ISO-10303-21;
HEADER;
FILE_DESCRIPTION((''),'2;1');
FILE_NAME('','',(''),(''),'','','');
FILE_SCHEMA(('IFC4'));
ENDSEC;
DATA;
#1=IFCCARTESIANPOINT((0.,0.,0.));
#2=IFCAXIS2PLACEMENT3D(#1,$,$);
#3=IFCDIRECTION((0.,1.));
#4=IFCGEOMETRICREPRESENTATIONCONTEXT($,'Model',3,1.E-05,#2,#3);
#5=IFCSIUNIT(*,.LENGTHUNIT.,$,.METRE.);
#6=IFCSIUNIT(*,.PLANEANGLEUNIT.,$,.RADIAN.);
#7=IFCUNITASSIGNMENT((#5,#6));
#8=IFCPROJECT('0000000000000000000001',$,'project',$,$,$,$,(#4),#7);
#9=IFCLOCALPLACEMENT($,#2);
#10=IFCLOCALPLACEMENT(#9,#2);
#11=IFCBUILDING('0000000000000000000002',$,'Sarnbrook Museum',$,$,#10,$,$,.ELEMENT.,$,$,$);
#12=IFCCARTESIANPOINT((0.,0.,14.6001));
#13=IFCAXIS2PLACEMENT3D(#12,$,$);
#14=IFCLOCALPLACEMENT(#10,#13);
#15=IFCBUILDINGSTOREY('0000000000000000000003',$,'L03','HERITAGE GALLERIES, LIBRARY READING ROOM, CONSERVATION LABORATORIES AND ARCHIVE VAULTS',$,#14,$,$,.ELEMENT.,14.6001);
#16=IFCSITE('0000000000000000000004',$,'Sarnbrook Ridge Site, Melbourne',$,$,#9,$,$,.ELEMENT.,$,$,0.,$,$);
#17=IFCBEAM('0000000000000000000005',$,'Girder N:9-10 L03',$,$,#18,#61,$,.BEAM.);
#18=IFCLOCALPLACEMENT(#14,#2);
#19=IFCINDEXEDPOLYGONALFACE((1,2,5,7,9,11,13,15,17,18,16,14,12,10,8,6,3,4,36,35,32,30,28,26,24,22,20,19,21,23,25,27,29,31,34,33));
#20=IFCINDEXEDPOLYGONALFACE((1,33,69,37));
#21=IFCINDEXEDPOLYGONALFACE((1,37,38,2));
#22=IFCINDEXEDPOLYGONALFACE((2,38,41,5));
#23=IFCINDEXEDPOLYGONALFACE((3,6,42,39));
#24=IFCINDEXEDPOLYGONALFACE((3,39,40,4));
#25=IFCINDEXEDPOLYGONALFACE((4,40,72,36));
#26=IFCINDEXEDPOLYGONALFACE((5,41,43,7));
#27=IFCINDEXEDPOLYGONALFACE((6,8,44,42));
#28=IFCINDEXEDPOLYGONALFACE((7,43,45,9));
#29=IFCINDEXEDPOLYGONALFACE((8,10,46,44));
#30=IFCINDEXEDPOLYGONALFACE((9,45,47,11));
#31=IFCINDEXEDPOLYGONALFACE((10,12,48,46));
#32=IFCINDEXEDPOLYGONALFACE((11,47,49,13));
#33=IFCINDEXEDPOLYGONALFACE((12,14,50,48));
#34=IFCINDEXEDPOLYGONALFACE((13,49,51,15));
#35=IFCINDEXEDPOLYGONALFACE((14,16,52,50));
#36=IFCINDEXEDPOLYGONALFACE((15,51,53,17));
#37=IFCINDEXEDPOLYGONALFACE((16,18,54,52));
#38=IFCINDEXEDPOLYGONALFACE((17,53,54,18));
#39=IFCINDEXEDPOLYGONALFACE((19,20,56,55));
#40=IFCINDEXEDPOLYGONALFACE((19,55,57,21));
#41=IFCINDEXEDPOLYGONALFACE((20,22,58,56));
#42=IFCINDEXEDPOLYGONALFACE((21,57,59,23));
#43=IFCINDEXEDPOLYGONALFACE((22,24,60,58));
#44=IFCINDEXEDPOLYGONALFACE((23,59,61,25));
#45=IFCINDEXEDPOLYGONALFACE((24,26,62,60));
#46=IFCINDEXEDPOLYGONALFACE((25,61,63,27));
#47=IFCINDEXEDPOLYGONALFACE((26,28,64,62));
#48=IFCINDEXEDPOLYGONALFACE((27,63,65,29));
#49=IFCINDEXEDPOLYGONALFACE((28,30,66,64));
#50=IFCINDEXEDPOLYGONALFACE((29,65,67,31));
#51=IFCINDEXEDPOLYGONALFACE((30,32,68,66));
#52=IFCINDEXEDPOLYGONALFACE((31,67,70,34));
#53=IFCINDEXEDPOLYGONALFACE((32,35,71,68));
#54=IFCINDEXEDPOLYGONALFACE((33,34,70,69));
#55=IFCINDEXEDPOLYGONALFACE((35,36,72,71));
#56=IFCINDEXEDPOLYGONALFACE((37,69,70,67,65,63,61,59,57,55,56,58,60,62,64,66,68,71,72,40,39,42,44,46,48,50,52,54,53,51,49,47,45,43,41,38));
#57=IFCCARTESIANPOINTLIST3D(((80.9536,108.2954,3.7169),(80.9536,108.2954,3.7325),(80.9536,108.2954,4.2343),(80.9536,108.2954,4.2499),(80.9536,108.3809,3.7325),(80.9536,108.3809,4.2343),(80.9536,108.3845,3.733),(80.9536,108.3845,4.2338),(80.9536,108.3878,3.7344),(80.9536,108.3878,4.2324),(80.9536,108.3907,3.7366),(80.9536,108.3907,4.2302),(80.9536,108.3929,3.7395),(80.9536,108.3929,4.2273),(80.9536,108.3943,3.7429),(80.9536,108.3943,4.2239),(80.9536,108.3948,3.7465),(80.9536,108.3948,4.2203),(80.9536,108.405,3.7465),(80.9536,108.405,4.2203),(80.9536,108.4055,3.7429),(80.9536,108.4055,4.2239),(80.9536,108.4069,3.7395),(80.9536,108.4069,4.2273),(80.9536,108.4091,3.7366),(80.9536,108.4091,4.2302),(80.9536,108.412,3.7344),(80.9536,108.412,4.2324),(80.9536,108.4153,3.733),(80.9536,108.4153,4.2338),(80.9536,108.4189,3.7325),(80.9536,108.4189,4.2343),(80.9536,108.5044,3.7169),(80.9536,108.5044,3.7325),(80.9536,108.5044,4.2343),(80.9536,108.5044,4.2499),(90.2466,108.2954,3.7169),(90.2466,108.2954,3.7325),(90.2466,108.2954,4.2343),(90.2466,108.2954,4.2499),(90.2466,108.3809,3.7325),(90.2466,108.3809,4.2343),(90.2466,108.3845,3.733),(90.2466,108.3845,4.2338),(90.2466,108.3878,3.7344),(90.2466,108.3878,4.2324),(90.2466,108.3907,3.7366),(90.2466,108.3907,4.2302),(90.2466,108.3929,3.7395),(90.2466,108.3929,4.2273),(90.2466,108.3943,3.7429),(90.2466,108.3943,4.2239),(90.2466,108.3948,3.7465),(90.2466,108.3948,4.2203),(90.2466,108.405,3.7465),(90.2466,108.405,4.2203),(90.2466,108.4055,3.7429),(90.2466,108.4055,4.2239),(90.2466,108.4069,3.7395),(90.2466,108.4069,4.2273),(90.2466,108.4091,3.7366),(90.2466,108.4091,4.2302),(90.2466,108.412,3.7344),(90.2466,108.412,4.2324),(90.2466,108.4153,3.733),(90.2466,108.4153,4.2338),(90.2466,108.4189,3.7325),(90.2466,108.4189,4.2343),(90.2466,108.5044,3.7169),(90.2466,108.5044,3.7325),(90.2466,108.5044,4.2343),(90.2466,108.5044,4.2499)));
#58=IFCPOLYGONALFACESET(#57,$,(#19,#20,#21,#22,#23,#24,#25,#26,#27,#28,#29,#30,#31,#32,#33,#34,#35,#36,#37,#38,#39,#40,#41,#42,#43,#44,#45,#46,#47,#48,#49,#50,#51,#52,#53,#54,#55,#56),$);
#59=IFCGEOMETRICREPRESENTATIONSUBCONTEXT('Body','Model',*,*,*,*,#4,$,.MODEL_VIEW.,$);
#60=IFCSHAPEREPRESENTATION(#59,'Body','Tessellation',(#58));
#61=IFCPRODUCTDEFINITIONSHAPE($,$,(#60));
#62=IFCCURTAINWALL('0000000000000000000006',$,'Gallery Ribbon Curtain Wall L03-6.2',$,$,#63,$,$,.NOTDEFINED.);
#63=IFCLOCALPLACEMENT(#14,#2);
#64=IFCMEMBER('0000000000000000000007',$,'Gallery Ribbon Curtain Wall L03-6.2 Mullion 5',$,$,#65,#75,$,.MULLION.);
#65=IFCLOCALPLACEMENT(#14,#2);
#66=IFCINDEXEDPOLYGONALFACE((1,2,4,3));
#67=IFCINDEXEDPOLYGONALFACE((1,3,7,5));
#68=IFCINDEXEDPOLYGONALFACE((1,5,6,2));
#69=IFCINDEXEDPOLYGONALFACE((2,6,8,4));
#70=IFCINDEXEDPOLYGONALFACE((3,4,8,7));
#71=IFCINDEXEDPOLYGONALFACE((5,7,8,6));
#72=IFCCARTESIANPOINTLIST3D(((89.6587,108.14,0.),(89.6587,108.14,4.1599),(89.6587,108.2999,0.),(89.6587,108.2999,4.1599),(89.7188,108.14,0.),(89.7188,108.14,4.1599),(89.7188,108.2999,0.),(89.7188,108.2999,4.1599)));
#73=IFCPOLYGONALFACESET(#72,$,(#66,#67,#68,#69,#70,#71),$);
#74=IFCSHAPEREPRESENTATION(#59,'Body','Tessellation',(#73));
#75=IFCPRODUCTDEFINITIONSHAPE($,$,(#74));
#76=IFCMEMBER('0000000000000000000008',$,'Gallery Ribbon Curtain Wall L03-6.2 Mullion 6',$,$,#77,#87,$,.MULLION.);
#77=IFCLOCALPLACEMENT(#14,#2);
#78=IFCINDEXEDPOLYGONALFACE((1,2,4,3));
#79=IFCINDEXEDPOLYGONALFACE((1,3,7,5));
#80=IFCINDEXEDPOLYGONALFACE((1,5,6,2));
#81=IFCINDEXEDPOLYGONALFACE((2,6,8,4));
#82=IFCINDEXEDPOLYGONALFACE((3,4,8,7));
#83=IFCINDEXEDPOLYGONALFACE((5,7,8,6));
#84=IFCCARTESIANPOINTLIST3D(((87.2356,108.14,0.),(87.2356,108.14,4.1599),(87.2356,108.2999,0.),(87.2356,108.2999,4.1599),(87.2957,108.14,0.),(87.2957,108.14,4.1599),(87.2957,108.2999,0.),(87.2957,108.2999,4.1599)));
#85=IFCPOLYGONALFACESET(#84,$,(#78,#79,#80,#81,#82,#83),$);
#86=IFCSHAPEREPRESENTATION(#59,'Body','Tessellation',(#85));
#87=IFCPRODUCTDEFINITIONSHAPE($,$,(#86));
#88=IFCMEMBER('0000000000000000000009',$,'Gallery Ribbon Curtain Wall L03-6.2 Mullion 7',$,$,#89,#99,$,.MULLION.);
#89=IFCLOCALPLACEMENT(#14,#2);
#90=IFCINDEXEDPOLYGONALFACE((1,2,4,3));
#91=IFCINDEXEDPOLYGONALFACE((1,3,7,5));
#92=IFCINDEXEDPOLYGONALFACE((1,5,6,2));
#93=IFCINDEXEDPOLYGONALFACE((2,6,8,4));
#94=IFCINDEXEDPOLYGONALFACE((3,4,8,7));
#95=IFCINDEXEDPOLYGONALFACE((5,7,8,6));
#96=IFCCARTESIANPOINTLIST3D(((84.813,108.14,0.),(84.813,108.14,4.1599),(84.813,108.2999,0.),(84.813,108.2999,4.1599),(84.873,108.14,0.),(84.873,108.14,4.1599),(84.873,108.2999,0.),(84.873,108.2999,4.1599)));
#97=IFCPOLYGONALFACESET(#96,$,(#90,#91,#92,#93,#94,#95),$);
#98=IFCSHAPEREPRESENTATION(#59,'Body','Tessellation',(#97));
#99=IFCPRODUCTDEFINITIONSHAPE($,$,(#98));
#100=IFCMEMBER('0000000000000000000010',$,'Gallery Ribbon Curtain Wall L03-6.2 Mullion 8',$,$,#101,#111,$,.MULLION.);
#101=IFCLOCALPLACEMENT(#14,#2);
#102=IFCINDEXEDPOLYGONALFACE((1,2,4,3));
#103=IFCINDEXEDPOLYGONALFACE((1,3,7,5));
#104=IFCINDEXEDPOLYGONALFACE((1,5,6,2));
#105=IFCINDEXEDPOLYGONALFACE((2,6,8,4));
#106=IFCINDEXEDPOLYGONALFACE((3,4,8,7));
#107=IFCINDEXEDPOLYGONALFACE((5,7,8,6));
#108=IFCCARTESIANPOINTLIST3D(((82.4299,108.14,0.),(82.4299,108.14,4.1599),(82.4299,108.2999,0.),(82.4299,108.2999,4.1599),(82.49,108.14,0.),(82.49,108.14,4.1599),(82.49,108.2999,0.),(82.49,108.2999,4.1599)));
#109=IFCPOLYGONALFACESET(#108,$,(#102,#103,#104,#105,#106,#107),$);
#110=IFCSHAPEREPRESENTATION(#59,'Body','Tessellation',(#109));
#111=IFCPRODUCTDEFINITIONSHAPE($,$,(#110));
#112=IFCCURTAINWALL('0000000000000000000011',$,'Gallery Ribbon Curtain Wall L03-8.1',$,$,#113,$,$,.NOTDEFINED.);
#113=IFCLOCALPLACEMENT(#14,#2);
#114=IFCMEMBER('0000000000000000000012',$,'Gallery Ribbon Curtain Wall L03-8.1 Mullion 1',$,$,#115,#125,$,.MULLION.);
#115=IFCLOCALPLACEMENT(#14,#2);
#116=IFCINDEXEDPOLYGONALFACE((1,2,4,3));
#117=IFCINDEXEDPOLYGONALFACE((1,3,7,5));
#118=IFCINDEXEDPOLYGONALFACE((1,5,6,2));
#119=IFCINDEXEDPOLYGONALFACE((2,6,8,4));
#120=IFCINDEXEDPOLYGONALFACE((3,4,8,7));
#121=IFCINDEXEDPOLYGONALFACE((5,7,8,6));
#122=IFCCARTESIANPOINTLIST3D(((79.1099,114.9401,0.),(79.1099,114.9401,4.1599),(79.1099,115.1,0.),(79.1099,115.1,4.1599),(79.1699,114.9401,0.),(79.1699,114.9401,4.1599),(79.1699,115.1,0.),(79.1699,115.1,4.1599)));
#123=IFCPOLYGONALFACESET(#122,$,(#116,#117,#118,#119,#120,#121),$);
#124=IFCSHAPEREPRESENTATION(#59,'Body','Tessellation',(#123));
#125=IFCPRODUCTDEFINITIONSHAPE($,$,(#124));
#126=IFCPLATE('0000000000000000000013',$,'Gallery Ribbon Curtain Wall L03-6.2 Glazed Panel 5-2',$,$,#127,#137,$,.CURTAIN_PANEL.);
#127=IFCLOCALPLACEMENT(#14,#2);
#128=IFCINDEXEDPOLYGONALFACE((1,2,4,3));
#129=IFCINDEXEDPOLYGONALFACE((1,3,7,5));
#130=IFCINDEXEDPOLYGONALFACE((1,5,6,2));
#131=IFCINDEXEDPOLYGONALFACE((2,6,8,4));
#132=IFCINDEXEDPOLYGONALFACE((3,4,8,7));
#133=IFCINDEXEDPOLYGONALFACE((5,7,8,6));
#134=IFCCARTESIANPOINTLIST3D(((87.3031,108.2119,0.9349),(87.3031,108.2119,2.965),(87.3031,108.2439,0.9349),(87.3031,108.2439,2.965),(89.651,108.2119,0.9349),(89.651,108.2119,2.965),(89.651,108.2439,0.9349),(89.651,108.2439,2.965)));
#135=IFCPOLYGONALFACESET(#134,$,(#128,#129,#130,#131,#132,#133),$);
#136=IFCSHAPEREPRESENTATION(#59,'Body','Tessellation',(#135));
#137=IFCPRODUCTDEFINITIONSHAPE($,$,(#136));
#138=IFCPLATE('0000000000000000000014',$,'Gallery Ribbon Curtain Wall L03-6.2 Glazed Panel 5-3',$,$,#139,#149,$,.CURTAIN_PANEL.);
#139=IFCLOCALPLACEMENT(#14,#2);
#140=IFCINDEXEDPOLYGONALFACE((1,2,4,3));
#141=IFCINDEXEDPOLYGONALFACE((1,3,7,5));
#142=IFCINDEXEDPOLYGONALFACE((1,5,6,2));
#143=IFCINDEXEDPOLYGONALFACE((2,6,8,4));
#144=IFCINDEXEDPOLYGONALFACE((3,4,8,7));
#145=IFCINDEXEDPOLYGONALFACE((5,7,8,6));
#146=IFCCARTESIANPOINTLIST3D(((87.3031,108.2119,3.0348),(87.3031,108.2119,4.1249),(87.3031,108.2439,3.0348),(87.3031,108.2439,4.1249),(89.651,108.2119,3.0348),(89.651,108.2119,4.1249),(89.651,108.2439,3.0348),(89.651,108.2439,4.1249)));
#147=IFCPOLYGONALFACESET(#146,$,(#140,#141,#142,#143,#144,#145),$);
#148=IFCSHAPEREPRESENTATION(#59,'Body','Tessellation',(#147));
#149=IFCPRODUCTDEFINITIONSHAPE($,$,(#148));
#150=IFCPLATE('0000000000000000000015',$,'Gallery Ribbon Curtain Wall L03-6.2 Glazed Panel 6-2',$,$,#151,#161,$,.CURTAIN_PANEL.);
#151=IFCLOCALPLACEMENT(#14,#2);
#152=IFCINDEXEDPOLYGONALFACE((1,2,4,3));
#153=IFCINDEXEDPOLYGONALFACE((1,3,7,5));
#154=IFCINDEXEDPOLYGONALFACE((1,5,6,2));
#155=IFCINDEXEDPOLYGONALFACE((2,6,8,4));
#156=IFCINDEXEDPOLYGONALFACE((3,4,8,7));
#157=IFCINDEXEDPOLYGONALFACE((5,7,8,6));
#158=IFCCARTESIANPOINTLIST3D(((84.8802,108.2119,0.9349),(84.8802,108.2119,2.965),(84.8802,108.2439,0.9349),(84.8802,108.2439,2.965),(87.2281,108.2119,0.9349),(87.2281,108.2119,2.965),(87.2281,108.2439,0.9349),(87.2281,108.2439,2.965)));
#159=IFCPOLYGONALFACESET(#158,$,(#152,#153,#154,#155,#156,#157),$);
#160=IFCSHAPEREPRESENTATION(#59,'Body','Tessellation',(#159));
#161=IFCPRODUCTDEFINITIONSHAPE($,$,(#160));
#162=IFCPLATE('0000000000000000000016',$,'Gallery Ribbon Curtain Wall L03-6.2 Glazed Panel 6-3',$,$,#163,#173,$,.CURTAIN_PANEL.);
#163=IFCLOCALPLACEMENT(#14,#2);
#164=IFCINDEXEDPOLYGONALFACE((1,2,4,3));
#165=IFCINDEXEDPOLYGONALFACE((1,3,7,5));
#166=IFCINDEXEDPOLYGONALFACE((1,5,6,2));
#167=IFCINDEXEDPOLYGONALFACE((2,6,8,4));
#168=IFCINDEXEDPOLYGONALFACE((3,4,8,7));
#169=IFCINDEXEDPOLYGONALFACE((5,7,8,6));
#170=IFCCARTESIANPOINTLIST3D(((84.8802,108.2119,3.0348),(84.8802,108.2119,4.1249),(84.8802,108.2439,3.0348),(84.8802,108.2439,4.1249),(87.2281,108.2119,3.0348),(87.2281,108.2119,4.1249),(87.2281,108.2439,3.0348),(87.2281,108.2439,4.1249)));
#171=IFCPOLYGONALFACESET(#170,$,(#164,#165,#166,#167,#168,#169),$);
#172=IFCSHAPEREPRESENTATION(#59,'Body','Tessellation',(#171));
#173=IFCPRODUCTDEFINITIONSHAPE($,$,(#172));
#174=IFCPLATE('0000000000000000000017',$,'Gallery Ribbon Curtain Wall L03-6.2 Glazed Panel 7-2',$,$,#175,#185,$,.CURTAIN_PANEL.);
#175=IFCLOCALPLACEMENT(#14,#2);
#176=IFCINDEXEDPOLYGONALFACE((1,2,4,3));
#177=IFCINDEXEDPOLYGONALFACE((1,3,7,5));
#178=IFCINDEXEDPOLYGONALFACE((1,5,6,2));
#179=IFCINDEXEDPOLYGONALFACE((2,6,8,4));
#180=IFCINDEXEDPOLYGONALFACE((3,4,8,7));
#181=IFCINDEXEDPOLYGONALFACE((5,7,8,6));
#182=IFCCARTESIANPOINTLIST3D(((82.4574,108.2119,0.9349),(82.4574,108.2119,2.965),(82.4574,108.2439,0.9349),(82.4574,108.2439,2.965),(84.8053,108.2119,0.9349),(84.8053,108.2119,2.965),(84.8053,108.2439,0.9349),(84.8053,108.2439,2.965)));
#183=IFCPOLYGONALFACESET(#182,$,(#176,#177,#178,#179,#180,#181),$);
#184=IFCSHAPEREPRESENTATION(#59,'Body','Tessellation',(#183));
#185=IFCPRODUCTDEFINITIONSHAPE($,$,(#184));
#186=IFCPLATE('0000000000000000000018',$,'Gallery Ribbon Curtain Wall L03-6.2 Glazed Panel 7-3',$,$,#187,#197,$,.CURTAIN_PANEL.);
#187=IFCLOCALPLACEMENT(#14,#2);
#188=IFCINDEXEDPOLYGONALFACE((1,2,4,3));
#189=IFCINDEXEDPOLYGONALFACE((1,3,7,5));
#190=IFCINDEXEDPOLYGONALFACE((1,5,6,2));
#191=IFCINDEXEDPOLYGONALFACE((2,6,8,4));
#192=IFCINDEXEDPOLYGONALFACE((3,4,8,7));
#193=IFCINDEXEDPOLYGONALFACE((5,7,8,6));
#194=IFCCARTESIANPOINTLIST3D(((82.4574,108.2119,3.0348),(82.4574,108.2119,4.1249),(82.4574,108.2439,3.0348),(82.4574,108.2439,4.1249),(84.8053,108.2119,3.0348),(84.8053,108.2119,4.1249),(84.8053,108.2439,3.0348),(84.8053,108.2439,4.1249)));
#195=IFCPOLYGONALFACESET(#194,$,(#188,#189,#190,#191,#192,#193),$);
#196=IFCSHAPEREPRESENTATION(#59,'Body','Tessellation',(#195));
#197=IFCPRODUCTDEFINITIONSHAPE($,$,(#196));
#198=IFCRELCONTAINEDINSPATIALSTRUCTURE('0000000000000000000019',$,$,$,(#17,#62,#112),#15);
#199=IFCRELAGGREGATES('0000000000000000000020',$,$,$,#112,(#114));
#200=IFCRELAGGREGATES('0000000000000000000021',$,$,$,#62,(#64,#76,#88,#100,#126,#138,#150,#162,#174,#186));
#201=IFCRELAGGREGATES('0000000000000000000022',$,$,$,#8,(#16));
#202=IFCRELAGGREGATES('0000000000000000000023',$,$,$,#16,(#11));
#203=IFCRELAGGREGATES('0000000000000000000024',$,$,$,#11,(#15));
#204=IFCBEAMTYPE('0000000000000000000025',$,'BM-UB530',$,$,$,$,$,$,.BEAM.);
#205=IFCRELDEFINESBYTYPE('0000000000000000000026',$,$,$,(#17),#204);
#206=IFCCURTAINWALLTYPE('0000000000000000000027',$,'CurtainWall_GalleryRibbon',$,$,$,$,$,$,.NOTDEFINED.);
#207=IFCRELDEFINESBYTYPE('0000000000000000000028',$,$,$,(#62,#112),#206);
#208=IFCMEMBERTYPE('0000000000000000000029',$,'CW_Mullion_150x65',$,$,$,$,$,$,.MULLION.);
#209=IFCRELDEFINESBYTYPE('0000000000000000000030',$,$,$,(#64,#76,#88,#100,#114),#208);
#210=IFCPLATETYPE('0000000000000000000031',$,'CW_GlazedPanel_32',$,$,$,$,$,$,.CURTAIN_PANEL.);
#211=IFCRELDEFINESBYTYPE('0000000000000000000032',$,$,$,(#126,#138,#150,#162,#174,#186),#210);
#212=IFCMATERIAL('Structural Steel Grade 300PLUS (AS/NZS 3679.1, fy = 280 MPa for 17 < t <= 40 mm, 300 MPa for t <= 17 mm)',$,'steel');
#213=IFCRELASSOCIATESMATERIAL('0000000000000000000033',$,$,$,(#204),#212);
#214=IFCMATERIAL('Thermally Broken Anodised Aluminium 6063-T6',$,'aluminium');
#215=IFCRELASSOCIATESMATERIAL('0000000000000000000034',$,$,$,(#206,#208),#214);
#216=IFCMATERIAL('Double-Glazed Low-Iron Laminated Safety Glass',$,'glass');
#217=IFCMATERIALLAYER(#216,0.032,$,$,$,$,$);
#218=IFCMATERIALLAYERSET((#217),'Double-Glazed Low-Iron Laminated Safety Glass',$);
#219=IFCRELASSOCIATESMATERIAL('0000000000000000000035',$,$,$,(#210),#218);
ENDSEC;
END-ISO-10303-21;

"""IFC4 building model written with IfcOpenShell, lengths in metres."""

from ifc_helpers import new_model, si_unit, direction, frame, origin, origin_2d, place, context, subcontext, project, spatial, rectangle, i_section, extrude, material, layer, layer_set, material_profile, profile_set, type_object, element, aggregate, save


model = new_model("IFC4")

# Units and contexts
model_context = context("Model", 3, precision=1e-05, world=origin(), true_north=direction((0.0, 1.0)))
body_context = subcontext(model_context, "Body", "Model", "MODEL_VIEW")
ifc_project = project(units=[si_unit("LENGTHUNIT", "METRE"), si_unit("PLANEANGLEUNIT", "RADIAN")], contexts=[model_context])

# Site, building, storey
site_placement = place(None, origin())
site = spatial("IfcSite", under=ifc_project, at=site_placement, Name="Sarnbrook Ridge Site, Melbourne", CompositionType="ELEMENT", RefElevation=0.0)
building_placement = place(site_placement, origin())
building = spatial("IfcBuilding", under=site, at=building_placement, Name="Sarnbrook Museum", CompositionType="ELEMENT")
storey_placement = place(building_placement, frame((0.0, 0.0, 14.6001)))
storey = spatial("IfcBuildingStorey", under=building, at=storey_placement, Name="L03", Description="HERITAGE GALLERIES, LIBRARY READING ROOM, CONSERVATION LABORATORIES AND ARCHIVE VAULTS", CompositionType="ELEMENT", Elevation=14.6001)

# Shared definitions
ifc_material_1 = material(Name="Structural Steel Grade 300PLUS (AS/NZS 3679.1, fy = 280 MPa for 17 < t <= 40 mm, 300 MPa for t <= 17 mm)", Category="steel")

# Beam
ifc_material_profile_1 = material_profile(ifc_material_1, i_section(OverallWidth=0.209, OverallDepth=0.533, WebThickness=0.0103, FlangeThickness=0.0156, FilletRadius=0.0139, at=origin_2d()), Name="530UB92.4")
ifc_profile_set_1 = profile_set([ifc_material_profile_1], Name="Structural Steel Grade 300PLUS (AS/NZS 3679.1, fy = 280 MPa for 17 < t <= 40 mm, 300 MPa for t <= 17 mm)")
beam_type_1 = type_object("IfcBeamType", Name="BM-UB530", PredefinedType="BEAM", material=ifc_profile_set_1)
beam_1_placement = place(storey_placement, frame((80.9536, 108.3999, 3.9834), z_axis=(1.0, 0.0, 0.0), x_axis=(0.0, 1.0, 0.0)))
element("IfcBeam", 1, at=beam_1_placement, inside=storey, type_object=beam_type_1, Name="Girder N:9-10 L03", PredefinedType="BEAM", context=body_context, shape_type="SweptSolid", body=[
    extrude(i_section(OverallWidth=0.209, OverallDepth=0.533, WebThickness=0.0103, FlangeThickness=0.0156, FilletRadius=0.0139, at=origin_2d()), origin(), (0.0, 0.0, 1.0), 9.293),
])

# Curtain wall, members
ifc_material_2 = material(Name="Thermally Broken Anodised Aluminium 6063-T6", Category="aluminium")
curtain_wall_type = type_object("IfcCurtainWallType", Name="CurtainWall_GalleryRibbon", PredefinedType="NOTDEFINED", material=ifc_material_2)
curtain_wall_1_placement = place(storey_placement, origin())
curtain_wall_1 = element("IfcCurtainWall", 2, at=curtain_wall_1_placement, inside=storey, type_object=curtain_wall_type, Name="Gallery Ribbon Curtain Wall L03-6.2", PredefinedType="NOTDEFINED")
ifc_material_profile_2 = material_profile(ifc_material_2, rectangle(XDim=0.0601, YDim=0.1599, at=origin_2d()), Name="ALU MULLION 60x160")
ifc_profile_set_2 = profile_set([ifc_material_profile_2], Name="Thermally Broken Anodised Aluminium 6063-T6")
member_type = type_object("IfcMemberType", Name="CW_Mullion_150x65", PredefinedType="MULLION", material=ifc_profile_set_2)
member_1_placement = place(storey_placement, frame((89.6887, 108.22, 0.0), z_axis=(0.0, 0.0, 1.0), x_axis=(1.0, 0.0, 0.0)))
member_1 = element("IfcMember", 3, at=member_1_placement, type_object=member_type, Name="Gallery Ribbon Curtain Wall L03-6.2 Mullion 5", PredefinedType="MULLION", context=body_context, shape_type="SweptSolid", body=[
    extrude(rectangle(XDim=0.0601, YDim=0.1599, at=origin_2d()), origin(), (0.0, 0.0, 1.0), 4.1599),
])
member_2_placement = place(storey_placement, frame((87.2656, 108.22, 0.0), z_axis=(0.0, 0.0, 1.0), x_axis=(1.0, 0.0, 0.0)))
member_2 = element("IfcMember", 4, at=member_2_placement, type_object=member_type, Name="Gallery Ribbon Curtain Wall L03-6.2 Mullion 6", PredefinedType="MULLION", context=body_context, shape_type="SweptSolid", body=[
    extrude(rectangle(XDim=0.0601, YDim=0.1599, at=origin_2d()), origin(), (0.0, 0.0, 1.0), 4.1599),
])
member_3_placement = place(storey_placement, frame((84.843, 108.22, 0.0), z_axis=(0.0, 0.0, 1.0), x_axis=(1.0, 0.0, 0.0)))
member_3 = element("IfcMember", 5, at=member_3_placement, type_object=member_type, Name="Gallery Ribbon Curtain Wall L03-6.2 Mullion 7", PredefinedType="MULLION", context=body_context, shape_type="SweptSolid", body=[
    extrude(rectangle(XDim=0.0601, YDim=0.1599, at=origin_2d()), origin(), (0.0, 0.0, 1.0), 4.1599),
])
member_4_placement = place(storey_placement, frame((82.46, 108.22, 0.0), z_axis=(0.0, 0.0, 1.0), x_axis=(1.0, 0.0, 0.0)))
member_4 = element("IfcMember", 6, at=member_4_placement, type_object=member_type, Name="Gallery Ribbon Curtain Wall L03-6.2 Mullion 8", PredefinedType="MULLION", context=body_context, shape_type="SweptSolid", body=[
    extrude(rectangle(XDim=0.0601, YDim=0.1599, at=origin_2d()), origin(), (0.0, 0.0, 1.0), 4.1599),
])

# Curtain wall, member
curtain_wall_2_placement = place(storey_placement, origin())
curtain_wall_2 = element("IfcCurtainWall", 7, at=curtain_wall_2_placement, inside=storey, type_object=curtain_wall_type, Name="Gallery Ribbon Curtain Wall L03-8.1", PredefinedType="NOTDEFINED")
member_5_placement = place(storey_placement, frame((79.1399, 115.02, 0.0), z_axis=(0.0, 0.0, 1.0), x_axis=(1.0, 0.0, 0.0)))
member_5 = element("IfcMember", 8, at=member_5_placement, type_object=member_type, Name="Gallery Ribbon Curtain Wall L03-8.1 Mullion 1", PredefinedType="MULLION", context=body_context, shape_type="SweptSolid", body=[
    extrude(rectangle(XDim=0.0601, YDim=0.1599, at=origin_2d()), origin(), (0.0, 0.0, 1.0), 4.1599),
])
aggregate(curtain_wall_2, [member_5])

# Plates
ifc_material_3 = material(Name="Double-Glazed Low-Iron Laminated Safety Glass", Category="glass")
ifc_layer_1 = layer(ifc_material_3, 0.032)
ifc_layer_set_1 = layer_set([ifc_layer_1], Name="Double-Glazed Low-Iron Laminated Safety Glass")
plate_type_1 = type_object("IfcPlateType", Name="CW_GlazedPanel_32", PredefinedType="CURTAIN_PANEL", material=ifc_layer_set_1)
plate_1_placement = place(storey_placement, frame((88.4771, 108.2119, 1.95), z_axis=(0.0, 1.0, 0.0), x_axis=(-1.0, 0.0, 0.0)))
plate_1 = element("IfcPlate", 9, at=plate_1_placement, type_object=plate_type_1, Name="Gallery Ribbon Curtain Wall L03-6.2 Glazed Panel 5-2", PredefinedType="CURTAIN_PANEL", context=body_context, shape_type="SweptSolid", body=[
    extrude(rectangle(XDim=2.3479, YDim=2.03, at=origin_2d()), origin(), (0.0, 0.0, 1.0), 0.032),
])
plate_2_placement = place(storey_placement, frame((88.4771, 108.2119, 3.5798), z_axis=(0.0, 1.0, 0.0), x_axis=(-1.0, 0.0, 0.0)))
plate_2 = element("IfcPlate", 10, at=plate_2_placement, type_object=plate_type_1, Name="Gallery Ribbon Curtain Wall L03-6.2 Glazed Panel 5-3", PredefinedType="CURTAIN_PANEL", context=body_context, shape_type="SweptSolid", body=[
    extrude(rectangle(XDim=2.3479, YDim=1.0901, at=origin_2d()), origin(), (0.0, 0.0, 1.0), 0.032),
])
plate_3_placement = place(storey_placement, frame((86.0542, 108.2119, 1.95), z_axis=(0.0, 1.0, 0.0), x_axis=(-1.0, 0.0, 0.0)))
plate_3 = element("IfcPlate", 11, at=plate_3_placement, type_object=plate_type_1, Name="Gallery Ribbon Curtain Wall L03-6.2 Glazed Panel 6-2", PredefinedType="CURTAIN_PANEL", context=body_context, shape_type="SweptSolid", body=[
    extrude(rectangle(XDim=2.3479, YDim=2.03, at=origin_2d()), origin(), (0.0, 0.0, 1.0), 0.032),
])
plate_4_placement = place(storey_placement, frame((86.0542, 108.2119, 3.5798), z_axis=(0.0, 1.0, 0.0), x_axis=(-1.0, 0.0, 0.0)))
plate_4 = element("IfcPlate", 12, at=plate_4_placement, type_object=plate_type_1, Name="Gallery Ribbon Curtain Wall L03-6.2 Glazed Panel 6-3", PredefinedType="CURTAIN_PANEL", context=body_context, shape_type="SweptSolid", body=[
    extrude(rectangle(XDim=2.3479, YDim=1.0901, at=origin_2d()), origin(), (0.0, 0.0, 1.0), 0.032),
])
plate_5_placement = place(storey_placement, frame((83.6313, 108.2119, 1.95), z_axis=(0.0, 1.0, 0.0), x_axis=(-1.0, 0.0, 0.0)))
plate_5 = element("IfcPlate", 13, at=plate_5_placement, type_object=plate_type_1, Name="Gallery Ribbon Curtain Wall L03-6.2 Glazed Panel 7-2", PredefinedType="CURTAIN_PANEL", context=body_context, shape_type="SweptSolid", body=[
    extrude(rectangle(XDim=2.3479, YDim=2.03, at=origin_2d()), origin(), (0.0, 0.0, 1.0), 0.032),
])
plate_6_placement = place(storey_placement, frame((83.6313, 108.2119, 3.5798), z_axis=(0.0, 1.0, 0.0), x_axis=(-1.0, 0.0, 0.0)))
plate_6 = element("IfcPlate", 14, at=plate_6_placement, type_object=plate_type_1, Name="Gallery Ribbon Curtain Wall L03-6.2 Glazed Panel 7-3", PredefinedType="CURTAIN_PANEL", context=body_context, shape_type="SweptSolid", body=[
    extrude(rectangle(XDim=2.3479, YDim=1.0901, at=origin_2d()), origin(), (0.0, 0.0, 1.0), 0.032),
])
aggregate(curtain_wall_1, [member_1, member_2, member_3, member_4, plate_1, plate_2, plate_3, plate_4, plate_5, plate_6])

save(model, "model.ifc")
